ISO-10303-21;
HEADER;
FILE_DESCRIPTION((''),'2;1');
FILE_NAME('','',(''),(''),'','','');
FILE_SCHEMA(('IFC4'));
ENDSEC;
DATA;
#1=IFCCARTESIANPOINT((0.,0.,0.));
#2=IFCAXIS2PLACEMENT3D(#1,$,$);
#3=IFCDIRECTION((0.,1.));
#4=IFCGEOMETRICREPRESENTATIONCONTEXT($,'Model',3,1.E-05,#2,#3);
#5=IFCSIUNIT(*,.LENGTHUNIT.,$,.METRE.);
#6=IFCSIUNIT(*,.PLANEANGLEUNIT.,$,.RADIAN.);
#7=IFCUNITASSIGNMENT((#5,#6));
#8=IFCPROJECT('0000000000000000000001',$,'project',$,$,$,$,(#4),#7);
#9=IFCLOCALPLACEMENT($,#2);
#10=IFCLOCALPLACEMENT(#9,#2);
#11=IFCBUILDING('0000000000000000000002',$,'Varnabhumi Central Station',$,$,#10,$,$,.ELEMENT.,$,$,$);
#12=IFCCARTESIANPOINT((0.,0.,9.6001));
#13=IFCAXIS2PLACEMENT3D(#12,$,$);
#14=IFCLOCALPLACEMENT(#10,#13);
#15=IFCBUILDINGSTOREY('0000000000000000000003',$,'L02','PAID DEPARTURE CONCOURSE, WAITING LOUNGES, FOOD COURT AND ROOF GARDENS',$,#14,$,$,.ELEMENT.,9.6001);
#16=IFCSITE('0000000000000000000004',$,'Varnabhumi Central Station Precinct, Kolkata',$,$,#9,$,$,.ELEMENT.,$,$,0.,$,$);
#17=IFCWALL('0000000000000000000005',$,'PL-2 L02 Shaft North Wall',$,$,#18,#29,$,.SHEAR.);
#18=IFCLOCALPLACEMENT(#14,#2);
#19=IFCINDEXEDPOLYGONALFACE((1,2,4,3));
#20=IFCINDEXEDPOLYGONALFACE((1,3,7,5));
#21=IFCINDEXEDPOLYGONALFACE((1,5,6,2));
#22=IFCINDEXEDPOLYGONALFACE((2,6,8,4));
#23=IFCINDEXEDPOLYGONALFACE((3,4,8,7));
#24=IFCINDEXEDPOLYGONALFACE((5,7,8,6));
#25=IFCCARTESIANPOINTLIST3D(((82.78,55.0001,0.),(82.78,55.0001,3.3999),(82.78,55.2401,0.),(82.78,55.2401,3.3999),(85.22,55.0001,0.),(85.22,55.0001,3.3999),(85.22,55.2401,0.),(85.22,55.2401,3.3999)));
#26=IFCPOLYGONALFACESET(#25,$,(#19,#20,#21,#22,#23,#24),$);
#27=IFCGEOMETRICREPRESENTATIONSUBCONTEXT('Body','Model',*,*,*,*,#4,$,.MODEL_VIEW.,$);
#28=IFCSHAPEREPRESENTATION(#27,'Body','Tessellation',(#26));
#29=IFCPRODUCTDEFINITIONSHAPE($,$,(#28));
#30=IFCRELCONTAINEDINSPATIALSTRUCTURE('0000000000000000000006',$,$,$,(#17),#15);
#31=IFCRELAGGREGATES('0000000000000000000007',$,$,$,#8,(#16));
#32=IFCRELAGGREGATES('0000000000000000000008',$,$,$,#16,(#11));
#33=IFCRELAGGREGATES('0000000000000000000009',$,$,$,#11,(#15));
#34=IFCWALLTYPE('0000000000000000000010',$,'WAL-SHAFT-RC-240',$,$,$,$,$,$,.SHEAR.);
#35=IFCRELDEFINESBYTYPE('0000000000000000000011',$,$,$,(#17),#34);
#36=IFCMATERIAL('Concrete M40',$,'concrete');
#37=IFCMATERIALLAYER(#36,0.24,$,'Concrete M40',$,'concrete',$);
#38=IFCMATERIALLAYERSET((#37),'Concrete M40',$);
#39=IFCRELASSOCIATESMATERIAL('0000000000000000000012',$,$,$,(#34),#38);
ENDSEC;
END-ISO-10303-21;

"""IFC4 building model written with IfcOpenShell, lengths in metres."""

from ifc_helpers import new_model, si_unit, direction, frame, frame_2d, origin, place, context, subcontext, project, spatial, rectangle, extrude, material, layer, layer_set, type_object, element, save


model = new_model("IFC4")

# Units and contexts
model_context = context("Model", 3, precision=1e-05, world=origin(), true_north=direction((0.0, 1.0)))
body_context = subcontext(model_context, "Body", "Model", "MODEL_VIEW")
ifc_project = project(units=[si_unit("LENGTHUNIT", "METRE"), si_unit("PLANEANGLEUNIT", "RADIAN")], contexts=[model_context])

# Site, building, storey
site_placement = place(None, origin())
site = spatial("IfcSite", under=ifc_project, at=site_placement, Name="Varnabhumi Central Station Precinct, Kolkata", CompositionType="ELEMENT", RefElevation=0.0)
building_placement = place(site_placement, origin())
building = spatial("IfcBuilding", under=site, at=building_placement, Name="Varnabhumi Central Station", CompositionType="ELEMENT")
storey_placement = place(building_placement, frame((0.0, 0.0, 9.6001)))
storey = spatial("IfcBuildingStorey", under=building, at=storey_placement, Name="L02", Description="PAID DEPARTURE CONCOURSE, WAITING LOUNGES, FOOD COURT AND ROOF GARDENS", CompositionType="ELEMENT", Elevation=9.6001)

# Wall
ifc_material_1 = material(Name="Concrete M40", Category="concrete")
ifc_layer_1 = layer(ifc_material_1, 0.24, Name="Concrete M40", Category="concrete")
ifc_layer_set_1 = layer_set([ifc_layer_1], Name="Concrete M40")
wall_type = type_object("IfcWallType", Name="WAL-SHAFT-RC-240", PredefinedType="SHEAR", material=ifc_layer_set_1)
for number, where, z_axis, x_axis, name in (
    (1, (82.78, 55.1201, 0.0), (0.0, 0.0, 1.0), (1.0, 0.0, 0.0), "PL-2 L02 Shaft North Wall"),
):
    element("IfcWall", number, at=place(storey_placement, frame(where, z_axis=z_axis, x_axis=x_axis)), inside=storey, type_object=wall_type, Name=name, PredefinedType="SHEAR", context=body_context, shape_type="SweptSolid", body=[
        extrude(rectangle(XDim=2.4399, YDim=0.24, at=frame_2d((1.22, 0.0))), origin(), (0.0, 0.0, 1.0), 3.3999),
    ])

save(model, "model.ifc")
